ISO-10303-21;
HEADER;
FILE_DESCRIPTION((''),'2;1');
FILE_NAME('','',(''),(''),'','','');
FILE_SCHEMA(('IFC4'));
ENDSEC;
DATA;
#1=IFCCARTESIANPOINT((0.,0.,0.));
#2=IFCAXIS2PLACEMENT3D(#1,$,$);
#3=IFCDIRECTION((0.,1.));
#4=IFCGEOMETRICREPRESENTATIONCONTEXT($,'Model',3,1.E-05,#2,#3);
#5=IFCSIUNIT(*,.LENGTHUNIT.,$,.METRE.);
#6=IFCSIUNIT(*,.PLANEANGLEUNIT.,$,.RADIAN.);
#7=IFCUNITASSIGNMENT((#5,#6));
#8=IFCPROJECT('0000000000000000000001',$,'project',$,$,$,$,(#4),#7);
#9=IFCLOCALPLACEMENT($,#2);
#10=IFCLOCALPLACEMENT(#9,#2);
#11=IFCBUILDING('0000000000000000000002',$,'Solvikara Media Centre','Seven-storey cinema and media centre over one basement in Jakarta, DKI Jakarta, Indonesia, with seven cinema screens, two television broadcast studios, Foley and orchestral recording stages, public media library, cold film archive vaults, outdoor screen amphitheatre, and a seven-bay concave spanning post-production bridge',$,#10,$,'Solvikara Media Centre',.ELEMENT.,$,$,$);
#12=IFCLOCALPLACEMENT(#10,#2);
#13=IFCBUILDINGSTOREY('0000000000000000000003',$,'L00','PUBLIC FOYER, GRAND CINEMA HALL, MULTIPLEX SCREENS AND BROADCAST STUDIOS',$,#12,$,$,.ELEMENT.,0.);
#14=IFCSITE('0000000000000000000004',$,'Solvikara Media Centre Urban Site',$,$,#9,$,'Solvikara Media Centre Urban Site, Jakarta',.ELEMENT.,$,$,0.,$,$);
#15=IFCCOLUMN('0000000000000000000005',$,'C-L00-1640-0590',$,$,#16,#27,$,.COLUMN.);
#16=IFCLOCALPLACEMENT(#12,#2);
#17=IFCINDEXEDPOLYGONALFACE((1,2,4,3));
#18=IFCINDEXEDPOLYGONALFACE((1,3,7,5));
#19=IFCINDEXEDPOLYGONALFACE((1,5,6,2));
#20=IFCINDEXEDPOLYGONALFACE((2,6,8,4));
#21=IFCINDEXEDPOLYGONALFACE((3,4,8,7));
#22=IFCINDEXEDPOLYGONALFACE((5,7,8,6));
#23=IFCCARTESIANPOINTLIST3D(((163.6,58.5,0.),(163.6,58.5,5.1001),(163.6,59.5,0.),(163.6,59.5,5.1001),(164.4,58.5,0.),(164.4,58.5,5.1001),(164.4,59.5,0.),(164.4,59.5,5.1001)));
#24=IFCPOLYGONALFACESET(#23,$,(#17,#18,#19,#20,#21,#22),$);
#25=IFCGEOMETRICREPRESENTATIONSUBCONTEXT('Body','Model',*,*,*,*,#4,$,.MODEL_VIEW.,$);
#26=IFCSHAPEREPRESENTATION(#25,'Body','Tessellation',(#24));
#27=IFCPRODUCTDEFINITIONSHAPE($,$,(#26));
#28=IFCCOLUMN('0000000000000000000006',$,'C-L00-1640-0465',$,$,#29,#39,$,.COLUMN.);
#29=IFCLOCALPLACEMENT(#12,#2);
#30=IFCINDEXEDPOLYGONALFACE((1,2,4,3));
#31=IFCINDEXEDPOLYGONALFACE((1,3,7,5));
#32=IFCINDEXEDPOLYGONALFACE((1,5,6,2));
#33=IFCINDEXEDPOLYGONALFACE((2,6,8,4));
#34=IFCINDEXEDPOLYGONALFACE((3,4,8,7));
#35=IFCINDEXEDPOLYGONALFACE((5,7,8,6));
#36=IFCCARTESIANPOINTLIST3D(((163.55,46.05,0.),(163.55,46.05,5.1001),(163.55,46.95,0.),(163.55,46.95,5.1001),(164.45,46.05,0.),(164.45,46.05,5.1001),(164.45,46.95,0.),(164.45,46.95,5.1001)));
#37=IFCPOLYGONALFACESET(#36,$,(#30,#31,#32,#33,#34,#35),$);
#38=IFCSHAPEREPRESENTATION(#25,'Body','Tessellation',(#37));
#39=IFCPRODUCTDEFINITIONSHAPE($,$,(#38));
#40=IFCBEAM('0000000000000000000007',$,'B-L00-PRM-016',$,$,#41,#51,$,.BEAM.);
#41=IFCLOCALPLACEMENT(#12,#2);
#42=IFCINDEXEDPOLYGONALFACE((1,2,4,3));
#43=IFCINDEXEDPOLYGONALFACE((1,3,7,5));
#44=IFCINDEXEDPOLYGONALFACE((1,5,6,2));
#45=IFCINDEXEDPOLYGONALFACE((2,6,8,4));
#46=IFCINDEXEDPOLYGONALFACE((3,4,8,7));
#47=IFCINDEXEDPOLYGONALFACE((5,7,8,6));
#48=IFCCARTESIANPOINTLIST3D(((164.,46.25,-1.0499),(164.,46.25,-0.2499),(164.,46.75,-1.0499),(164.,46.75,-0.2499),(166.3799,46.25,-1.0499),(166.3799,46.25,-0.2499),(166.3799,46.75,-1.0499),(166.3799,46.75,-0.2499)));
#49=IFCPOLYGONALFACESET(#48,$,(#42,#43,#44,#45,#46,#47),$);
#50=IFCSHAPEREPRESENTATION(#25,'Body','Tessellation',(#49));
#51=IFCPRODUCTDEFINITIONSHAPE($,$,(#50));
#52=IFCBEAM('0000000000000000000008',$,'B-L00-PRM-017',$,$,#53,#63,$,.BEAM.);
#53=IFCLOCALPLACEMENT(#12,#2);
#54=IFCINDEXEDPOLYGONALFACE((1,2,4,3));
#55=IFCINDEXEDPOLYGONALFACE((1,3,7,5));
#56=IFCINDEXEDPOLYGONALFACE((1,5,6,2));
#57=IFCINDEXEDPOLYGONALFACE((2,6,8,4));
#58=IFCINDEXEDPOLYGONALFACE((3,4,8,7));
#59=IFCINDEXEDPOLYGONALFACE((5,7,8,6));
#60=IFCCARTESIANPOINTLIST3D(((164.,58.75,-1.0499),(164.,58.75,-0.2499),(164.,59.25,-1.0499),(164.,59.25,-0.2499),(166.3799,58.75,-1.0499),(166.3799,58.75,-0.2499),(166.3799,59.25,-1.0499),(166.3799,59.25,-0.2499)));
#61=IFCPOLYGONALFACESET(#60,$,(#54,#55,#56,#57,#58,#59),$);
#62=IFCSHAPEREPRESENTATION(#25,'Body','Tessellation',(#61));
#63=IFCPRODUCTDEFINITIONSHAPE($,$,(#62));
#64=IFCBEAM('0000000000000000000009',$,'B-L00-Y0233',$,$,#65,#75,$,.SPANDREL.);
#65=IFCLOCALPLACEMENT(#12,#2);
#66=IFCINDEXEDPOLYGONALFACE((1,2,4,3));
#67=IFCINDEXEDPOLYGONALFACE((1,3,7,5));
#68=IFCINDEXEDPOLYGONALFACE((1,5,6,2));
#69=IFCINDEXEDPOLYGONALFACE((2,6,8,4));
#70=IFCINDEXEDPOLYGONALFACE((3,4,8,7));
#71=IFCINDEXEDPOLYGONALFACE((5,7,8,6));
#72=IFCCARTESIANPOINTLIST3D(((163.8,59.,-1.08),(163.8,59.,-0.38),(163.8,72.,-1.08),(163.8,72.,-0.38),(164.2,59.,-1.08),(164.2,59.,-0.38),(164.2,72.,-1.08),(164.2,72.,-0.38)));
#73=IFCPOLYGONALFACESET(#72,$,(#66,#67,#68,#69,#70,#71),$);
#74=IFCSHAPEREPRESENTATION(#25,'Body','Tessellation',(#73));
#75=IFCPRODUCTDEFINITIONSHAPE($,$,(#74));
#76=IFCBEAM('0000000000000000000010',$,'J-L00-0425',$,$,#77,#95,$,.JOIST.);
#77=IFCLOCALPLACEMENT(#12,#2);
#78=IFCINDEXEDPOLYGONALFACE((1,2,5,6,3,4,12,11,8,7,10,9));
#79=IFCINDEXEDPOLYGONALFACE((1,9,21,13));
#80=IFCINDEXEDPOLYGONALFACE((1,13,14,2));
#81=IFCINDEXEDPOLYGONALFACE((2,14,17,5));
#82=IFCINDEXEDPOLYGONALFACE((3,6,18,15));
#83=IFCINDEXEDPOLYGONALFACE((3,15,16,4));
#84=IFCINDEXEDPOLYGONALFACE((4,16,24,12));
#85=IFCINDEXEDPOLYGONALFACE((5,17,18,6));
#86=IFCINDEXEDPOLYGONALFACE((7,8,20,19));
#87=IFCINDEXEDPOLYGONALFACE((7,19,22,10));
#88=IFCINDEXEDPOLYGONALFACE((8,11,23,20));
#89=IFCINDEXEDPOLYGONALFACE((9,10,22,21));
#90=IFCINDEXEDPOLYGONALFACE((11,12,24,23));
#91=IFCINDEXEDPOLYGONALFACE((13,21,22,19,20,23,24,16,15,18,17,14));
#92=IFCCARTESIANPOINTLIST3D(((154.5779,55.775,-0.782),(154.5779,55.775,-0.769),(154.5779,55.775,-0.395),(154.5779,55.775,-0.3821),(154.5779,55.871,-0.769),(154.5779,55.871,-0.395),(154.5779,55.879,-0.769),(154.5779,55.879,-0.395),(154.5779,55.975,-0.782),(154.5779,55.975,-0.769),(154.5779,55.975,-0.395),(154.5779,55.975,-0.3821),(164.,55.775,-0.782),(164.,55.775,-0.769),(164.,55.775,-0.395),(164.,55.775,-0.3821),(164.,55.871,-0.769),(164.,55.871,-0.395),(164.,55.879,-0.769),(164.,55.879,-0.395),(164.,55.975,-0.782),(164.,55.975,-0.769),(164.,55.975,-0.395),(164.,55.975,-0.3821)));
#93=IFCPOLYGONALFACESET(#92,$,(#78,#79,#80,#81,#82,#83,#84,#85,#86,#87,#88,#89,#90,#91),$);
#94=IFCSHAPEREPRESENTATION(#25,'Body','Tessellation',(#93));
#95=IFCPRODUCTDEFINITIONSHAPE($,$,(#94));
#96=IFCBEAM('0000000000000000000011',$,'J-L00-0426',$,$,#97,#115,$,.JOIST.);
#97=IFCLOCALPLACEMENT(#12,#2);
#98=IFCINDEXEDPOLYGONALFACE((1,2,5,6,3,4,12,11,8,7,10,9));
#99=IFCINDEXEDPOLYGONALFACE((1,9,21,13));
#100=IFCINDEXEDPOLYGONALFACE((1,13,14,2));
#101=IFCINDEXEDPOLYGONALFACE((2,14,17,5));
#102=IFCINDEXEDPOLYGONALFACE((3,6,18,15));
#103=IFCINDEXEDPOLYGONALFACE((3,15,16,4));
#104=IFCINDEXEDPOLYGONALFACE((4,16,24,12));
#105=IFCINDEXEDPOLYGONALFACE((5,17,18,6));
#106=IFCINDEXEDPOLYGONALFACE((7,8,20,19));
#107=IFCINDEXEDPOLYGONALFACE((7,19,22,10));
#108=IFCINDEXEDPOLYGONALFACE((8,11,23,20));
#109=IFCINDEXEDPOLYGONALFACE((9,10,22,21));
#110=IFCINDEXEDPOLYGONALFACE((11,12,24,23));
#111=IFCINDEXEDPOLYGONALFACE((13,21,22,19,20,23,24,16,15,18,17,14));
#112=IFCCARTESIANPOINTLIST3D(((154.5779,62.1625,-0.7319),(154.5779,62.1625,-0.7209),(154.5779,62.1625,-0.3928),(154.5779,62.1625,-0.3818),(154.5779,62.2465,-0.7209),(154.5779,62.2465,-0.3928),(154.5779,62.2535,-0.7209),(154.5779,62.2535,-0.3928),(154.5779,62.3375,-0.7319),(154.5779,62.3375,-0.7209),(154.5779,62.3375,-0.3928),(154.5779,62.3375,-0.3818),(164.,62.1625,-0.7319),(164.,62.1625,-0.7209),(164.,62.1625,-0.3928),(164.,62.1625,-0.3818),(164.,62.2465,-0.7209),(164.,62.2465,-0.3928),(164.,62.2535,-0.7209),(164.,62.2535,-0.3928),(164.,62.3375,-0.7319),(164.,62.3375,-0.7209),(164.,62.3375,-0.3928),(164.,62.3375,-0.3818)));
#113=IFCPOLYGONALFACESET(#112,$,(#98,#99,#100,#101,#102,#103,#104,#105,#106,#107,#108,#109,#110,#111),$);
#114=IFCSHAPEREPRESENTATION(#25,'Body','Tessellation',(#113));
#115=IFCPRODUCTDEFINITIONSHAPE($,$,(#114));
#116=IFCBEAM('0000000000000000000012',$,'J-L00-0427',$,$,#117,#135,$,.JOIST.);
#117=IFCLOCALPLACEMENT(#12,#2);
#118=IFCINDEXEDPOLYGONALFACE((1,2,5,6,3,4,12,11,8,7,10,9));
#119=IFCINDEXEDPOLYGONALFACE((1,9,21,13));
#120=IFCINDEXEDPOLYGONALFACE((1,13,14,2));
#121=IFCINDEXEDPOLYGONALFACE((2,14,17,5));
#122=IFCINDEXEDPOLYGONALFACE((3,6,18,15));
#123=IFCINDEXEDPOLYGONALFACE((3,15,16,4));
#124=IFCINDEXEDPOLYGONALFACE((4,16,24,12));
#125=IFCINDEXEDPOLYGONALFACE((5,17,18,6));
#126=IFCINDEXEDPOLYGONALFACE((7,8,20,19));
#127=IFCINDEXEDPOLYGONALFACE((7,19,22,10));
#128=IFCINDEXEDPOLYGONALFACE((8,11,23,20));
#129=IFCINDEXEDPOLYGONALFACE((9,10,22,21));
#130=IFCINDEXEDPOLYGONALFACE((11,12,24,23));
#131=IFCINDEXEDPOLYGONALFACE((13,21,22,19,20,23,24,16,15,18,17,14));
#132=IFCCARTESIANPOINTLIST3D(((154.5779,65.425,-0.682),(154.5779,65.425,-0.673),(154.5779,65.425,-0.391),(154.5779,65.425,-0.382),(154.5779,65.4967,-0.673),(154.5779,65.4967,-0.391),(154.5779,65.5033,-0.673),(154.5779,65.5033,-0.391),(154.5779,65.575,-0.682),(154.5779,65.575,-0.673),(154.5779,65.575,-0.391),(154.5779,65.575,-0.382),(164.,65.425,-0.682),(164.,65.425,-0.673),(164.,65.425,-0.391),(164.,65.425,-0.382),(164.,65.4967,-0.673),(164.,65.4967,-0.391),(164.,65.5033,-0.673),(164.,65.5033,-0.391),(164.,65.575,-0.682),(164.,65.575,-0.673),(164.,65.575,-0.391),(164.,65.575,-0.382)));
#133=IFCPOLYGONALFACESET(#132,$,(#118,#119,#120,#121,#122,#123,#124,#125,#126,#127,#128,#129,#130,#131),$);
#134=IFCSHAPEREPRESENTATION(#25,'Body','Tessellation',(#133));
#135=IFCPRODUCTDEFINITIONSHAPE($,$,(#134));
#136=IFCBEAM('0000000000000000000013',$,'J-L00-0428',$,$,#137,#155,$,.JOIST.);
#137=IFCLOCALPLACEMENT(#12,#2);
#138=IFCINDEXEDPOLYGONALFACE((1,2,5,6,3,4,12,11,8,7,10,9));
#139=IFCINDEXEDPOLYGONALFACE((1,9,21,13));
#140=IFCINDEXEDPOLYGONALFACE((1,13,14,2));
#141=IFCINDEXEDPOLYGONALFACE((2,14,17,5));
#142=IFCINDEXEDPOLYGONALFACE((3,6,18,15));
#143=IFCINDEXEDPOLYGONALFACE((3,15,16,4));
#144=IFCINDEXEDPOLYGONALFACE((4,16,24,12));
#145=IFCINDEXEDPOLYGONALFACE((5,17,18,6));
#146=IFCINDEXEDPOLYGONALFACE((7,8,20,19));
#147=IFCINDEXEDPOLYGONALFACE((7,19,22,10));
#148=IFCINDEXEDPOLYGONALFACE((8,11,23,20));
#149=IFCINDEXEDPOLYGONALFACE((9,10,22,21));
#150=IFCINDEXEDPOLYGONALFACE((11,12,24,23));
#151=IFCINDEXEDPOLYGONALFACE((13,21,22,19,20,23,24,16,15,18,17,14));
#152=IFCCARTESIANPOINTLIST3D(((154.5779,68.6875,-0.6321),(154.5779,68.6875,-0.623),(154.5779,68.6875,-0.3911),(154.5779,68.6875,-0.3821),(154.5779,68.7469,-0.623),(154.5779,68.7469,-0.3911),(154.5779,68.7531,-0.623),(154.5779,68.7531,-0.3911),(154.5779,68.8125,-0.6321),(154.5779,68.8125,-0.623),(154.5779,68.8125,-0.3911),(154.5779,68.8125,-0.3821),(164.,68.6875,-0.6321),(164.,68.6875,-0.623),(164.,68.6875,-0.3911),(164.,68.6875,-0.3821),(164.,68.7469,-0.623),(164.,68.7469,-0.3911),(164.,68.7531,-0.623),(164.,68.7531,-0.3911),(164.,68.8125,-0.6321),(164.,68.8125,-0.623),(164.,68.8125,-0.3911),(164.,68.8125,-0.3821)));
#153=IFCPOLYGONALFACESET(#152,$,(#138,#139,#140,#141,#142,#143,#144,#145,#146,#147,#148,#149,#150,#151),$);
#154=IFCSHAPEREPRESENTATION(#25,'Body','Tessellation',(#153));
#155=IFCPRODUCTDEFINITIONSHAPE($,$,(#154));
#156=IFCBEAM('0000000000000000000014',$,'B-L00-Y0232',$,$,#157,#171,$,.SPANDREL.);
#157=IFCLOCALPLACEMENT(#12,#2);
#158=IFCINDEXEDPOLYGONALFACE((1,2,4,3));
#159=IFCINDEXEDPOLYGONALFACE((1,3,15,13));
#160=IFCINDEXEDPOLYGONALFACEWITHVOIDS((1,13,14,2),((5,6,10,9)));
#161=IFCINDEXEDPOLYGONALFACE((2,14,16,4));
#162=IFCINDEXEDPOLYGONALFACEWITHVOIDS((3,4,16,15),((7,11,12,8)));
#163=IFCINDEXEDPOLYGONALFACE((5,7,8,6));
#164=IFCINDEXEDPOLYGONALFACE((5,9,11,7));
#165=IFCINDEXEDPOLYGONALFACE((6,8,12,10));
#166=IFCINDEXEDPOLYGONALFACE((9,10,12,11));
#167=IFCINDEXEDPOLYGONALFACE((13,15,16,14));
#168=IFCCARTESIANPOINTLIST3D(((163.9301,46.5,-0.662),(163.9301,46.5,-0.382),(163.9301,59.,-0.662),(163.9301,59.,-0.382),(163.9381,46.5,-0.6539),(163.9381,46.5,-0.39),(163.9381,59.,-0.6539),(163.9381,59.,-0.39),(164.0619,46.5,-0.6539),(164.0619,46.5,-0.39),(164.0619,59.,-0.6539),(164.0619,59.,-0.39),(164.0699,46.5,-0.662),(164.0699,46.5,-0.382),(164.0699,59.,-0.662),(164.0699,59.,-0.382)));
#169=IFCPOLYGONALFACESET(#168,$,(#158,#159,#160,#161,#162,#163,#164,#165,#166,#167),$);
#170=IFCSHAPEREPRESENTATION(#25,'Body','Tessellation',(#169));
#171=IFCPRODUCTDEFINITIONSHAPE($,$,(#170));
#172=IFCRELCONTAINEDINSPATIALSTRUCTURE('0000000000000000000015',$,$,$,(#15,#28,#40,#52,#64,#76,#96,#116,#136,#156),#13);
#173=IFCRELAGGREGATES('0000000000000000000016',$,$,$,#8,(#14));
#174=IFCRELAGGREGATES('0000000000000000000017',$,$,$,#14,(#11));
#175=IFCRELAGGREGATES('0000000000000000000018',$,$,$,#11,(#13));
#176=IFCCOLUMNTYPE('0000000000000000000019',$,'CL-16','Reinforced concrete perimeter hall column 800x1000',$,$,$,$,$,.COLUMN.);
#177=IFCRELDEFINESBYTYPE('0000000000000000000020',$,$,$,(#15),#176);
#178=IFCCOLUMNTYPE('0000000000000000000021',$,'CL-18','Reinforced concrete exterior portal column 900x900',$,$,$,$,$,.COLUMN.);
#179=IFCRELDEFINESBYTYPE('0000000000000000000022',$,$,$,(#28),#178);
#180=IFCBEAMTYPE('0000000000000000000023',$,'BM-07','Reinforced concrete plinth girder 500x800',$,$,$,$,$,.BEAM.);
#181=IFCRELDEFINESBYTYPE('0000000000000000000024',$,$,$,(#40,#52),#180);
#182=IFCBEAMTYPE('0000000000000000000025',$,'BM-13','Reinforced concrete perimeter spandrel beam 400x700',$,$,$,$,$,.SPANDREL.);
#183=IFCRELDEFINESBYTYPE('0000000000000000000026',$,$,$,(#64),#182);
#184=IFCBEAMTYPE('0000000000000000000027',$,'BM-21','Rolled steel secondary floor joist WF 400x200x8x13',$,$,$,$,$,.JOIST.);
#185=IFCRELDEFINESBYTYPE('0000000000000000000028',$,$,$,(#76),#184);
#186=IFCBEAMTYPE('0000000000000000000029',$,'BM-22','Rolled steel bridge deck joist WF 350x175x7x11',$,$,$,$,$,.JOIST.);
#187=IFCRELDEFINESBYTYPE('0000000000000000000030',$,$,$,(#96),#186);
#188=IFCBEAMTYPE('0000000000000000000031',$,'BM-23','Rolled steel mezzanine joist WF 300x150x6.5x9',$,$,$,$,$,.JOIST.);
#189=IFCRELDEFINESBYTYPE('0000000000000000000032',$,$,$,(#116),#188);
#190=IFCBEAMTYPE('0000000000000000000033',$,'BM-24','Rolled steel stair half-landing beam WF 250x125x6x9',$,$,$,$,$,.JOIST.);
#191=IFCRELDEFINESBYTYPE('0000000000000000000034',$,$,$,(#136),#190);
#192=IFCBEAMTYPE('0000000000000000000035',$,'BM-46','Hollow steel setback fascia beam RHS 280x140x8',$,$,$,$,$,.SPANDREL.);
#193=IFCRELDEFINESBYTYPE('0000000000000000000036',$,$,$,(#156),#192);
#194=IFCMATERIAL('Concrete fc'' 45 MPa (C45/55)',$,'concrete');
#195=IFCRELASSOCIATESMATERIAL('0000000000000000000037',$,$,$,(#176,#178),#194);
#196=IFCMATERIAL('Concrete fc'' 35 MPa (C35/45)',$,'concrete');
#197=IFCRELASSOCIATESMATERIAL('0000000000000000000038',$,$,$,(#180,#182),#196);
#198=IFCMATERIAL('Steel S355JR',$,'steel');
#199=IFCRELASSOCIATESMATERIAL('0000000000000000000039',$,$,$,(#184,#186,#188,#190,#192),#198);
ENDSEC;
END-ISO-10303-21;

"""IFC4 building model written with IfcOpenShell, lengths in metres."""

from ifc_helpers import new_model, si_unit, direction, frame, origin, origin_2d, place, context, subcontext, project, spatial, rectangle, hollow_rectangle, i_section, extrude, material, material_profile, profile_set, type_object, element, save


model = new_model("IFC4")

# Units and contexts
model_context = context("Model", 3, precision=1e-05, world=origin(), true_north=direction((0.0, 1.0)))
body_context = subcontext(model_context, "Body", "Model", "MODEL_VIEW")
ifc_project = project(units=[si_unit("LENGTHUNIT", "METRE"), si_unit("PLANEANGLEUNIT", "RADIAN")], contexts=[model_context])

# Site, building, storey
site_placement = place(None, origin())
site = spatial("IfcSite", under=ifc_project, at=site_placement, Name="Solvikara Media Centre Urban Site", LongName="Solvikara Media Centre Urban Site, Jakarta", CompositionType="ELEMENT", RefElevation=0.0)
building_placement = place(site_placement, origin())
building = spatial("IfcBuilding", under=site, at=building_placement, Name="Solvikara Media Centre", Description="Seven-storey cinema and media centre over one basement in Jakarta, DKI Jakarta, Indonesia, with seven cinema screens, two television broadcast studios, Foley and orchestral recording stages, public media library, cold film archive vaults, outdoor screen amphitheatre, and a seven-bay concave spanning post-production bridge", LongName="Solvikara Media Centre", CompositionType="ELEMENT")
storey_placement = place(building_placement, origin())
storey = spatial("IfcBuildingStorey", under=building, at=storey_placement, Name="L00", Description="PUBLIC FOYER, GRAND CINEMA HALL, MULTIPLEX SCREENS AND BROADCAST STUDIOS", CompositionType="ELEMENT", Elevation=0.0)

# Columns
ifc_material_1 = material(Name="Concrete fc' 45 MPa (C45/55)", Category="concrete")
ifc_material_profile_1 = material_profile(ifc_material_1, rectangle(XDim=0.8, YDim=1.0, at=origin_2d()), Name="RC 800x1000")
ifc_profile_set_1 = profile_set([ifc_material_profile_1], Name="Concrete fc' 45 MPa (C45/55)")
column_type_1 = type_object("IfcColumnType", Name="CL-16", Description="Reinforced concrete perimeter hall column 800x1000", PredefinedType="COLUMN", material=ifc_profile_set_1)
column_1_placement = place(storey_placement, frame((164.0, 59.0, 0.0), z_axis=(0.0, 0.0, 1.0), x_axis=(1.0, 0.0, 0.0)))
element("IfcColumn", 1, at=column_1_placement, inside=storey, type_object=column_type_1, Name="C-L00-1640-0590", PredefinedType="COLUMN", context=body_context, shape_type="SweptSolid", body=[
    extrude(rectangle(XDim=0.8, YDim=1.0, at=origin_2d()), origin(), (0.0, 0.0, 1.0), 5.1001),
])
ifc_material_profile_2 = material_profile(ifc_material_1, rectangle(XDim=0.8999, YDim=0.8999, at=origin_2d()), Name="RC 900x900")
ifc_profile_set_2 = profile_set([ifc_material_profile_2], Name="Concrete fc' 45 MPa (C45/55)")
column_type_2 = type_object("IfcColumnType", Name="CL-18", Description="Reinforced concrete exterior portal column 900x900", PredefinedType="COLUMN", material=ifc_profile_set_2)
column_2_placement = place(storey_placement, frame((164.0, 46.5, 0.0), z_axis=(0.0, 0.0, 1.0), x_axis=(1.0, 0.0, 0.0)))
element("IfcColumn", 2, at=column_2_placement, inside=storey, type_object=column_type_2, Name="C-L00-1640-0465", PredefinedType="COLUMN", context=body_context, shape_type="SweptSolid", body=[
    extrude(rectangle(XDim=0.8999, YDim=0.8999, at=origin_2d()), origin(), (0.0, 0.0, 1.0), 5.1001),
])

# Beams
ifc_material_2 = material(Name="Concrete fc' 35 MPa (C35/45)", Category="concrete")
ifc_material_profile_3 = material_profile(ifc_material_2, rectangle(XDim=0.5, YDim=0.8, at=origin_2d()), Name="RC 500x800")
ifc_profile_set_3 = profile_set([ifc_material_profile_3], Name="Concrete fc' 35 MPa (C35/45)")
beam_type_1 = type_object("IfcBeamType", Name="BM-07", Description="Reinforced concrete plinth girder 500x800", PredefinedType="BEAM", material=ifc_profile_set_3)
for number, where, z_axis, x_axis, name in (
    (3, (164.0, 46.5, -0.6499), (1.0, 0.0, 0.0), (0.0, 1.0, 0.0), "B-L00-PRM-016"),
    (4, (164.0, 59.0, -0.6499), (1.0, 0.0, 0.0), (0.0, 1.0, 0.0), "B-L00-PRM-017"),
):
    element("IfcBeam", number, at=place(storey_placement, frame(where, z_axis=z_axis, x_axis=x_axis)), inside=storey, type_object=beam_type_1, Name=name, PredefinedType="BEAM", context=body_context, shape_type="SweptSolid", body=[
        extrude(rectangle(XDim=0.5, YDim=0.8, at=origin_2d()), origin(), (0.0, 0.0, 1.0), 2.3799),
    ])
ifc_material_profile_4 = material_profile(ifc_material_2, rectangle(XDim=0.3999, YDim=0.7, at=origin_2d()), Name="RC 400x700")
ifc_profile_set_4 = profile_set([ifc_material_profile_4], Name="Concrete fc' 35 MPa (C35/45)")
beam_type_2 = type_object("IfcBeamType", Name="BM-13", Description="Reinforced concrete perimeter spandrel beam 400x700", PredefinedType="SPANDREL", material=ifc_profile_set_4)
beam_1_placement = place(storey_placement, frame((164.0, 59.0, -0.73), z_axis=(0.0, 1.0, 0.0), x_axis=(-1.0, 0.0, 0.0)))
element("IfcBeam", 5, at=beam_1_placement, inside=storey, type_object=beam_type_2, Name="B-L00-Y0233", PredefinedType="SPANDREL", context=body_context, shape_type="SweptSolid", body=[
    extrude(rectangle(XDim=0.3999, YDim=0.7, at=origin_2d()), origin(), (0.0, 0.0, 1.0), 13.0),
])
ifc_material_3 = material(Name="Steel S355JR", Category="steel")
ifc_material_profile_5 = material_profile(ifc_material_3, i_section(OverallWidth=0.2, OverallDepth=0.3999, WebThickness=0.0081, FlangeThickness=0.0129, at=origin_2d()), Name="WF 400x200x8x13")
ifc_profile_set_5 = profile_set([ifc_material_profile_5], Name="Steel S355JR")
beam_type_3 = type_object("IfcBeamType", Name="BM-21", Description="Rolled steel secondary floor joist WF 400x200x8x13", PredefinedType="JOIST", material=ifc_profile_set_5)
beam_2_placement = place(storey_placement, frame((154.5779, 55.875, -0.582), z_axis=(1.0, 0.0, 0.0), x_axis=(0.0, 1.0, 0.0)))
element("IfcBeam", 6, at=beam_2_placement, inside=storey, type_object=beam_type_3, Name="J-L00-0425", PredefinedType="JOIST", context=body_context, shape_type="SweptSolid", body=[
    extrude(i_section(OverallWidth=0.2, OverallDepth=0.3999, WebThickness=0.0081, FlangeThickness=0.0129, at=origin_2d()), origin(), (0.0, 0.0, 1.0), 9.4221),
])
ifc_material_profile_6 = material_profile(ifc_material_3, i_section(OverallWidth=0.175, OverallDepth=0.3501, WebThickness=0.0071, FlangeThickness=0.011, at=origin_2d()), Name="WF 350x175x7x11")
ifc_profile_set_6 = profile_set([ifc_material_profile_6], Name="Steel S355JR")
beam_type_4 = type_object("IfcBeamType", Name="BM-22", Description="Rolled steel bridge deck joist WF 350x175x7x11", PredefinedType="JOIST", material=ifc_profile_set_6)
beam_3_placement = place(storey_placement, frame((154.5779, 62.25, -0.5569), z_axis=(1.0, 0.0, 0.0), x_axis=(0.0, 1.0, 0.0)))
element("IfcBeam", 7, at=beam_3_placement, inside=storey, type_object=beam_type_4, Name="J-L00-0426", PredefinedType="JOIST", context=body_context, shape_type="SweptSolid", body=[
    extrude(i_section(OverallWidth=0.175, OverallDepth=0.3501, WebThickness=0.0071, FlangeThickness=0.011, at=origin_2d()), origin(), (0.0, 0.0, 1.0), 9.4221),
])
ifc_material_profile_7 = material_profile(ifc_material_3, i_section(OverallWidth=0.1499, OverallDepth=0.3, WebThickness=0.0066, FlangeThickness=0.009, at=origin_2d()), Name="WF 300x150x6.5x9")
ifc_profile_set_7 = profile_set([ifc_material_profile_7], Name="Steel S355JR")
beam_type_5 = type_object("IfcBeamType", Name="BM-23", Description="Rolled steel mezzanine joist WF 300x150x6.5x9", PredefinedType="JOIST", material=ifc_profile_set_7)
beam_4_placement = place(storey_placement, frame((154.5779, 65.5, -0.532), z_axis=(1.0, 0.0, 0.0), x_axis=(0.0, 1.0, 0.0)))
element("IfcBeam", 8, at=beam_4_placement, inside=storey, type_object=beam_type_5, Name="J-L00-0427", PredefinedType="JOIST", context=body_context, shape_type="SweptSolid", body=[
    extrude(i_section(OverallWidth=0.1499, OverallDepth=0.3, WebThickness=0.0066, FlangeThickness=0.009, at=origin_2d()), origin(), (0.0, 0.0, 1.0), 9.4221),
])
ifc_material_profile_8 = material_profile(ifc_material_3, i_section(OverallWidth=0.125, OverallDepth=0.25, WebThickness=0.0061, FlangeThickness=0.009, at=origin_2d()), Name="WF 250x125x6x9")
ifc_profile_set_8 = profile_set([ifc_material_profile_8], Name="Steel S355JR")
beam_type_6 = type_object("IfcBeamType", Name="BM-24", Description="Rolled steel stair half-landing beam WF 250x125x6x9", PredefinedType="JOIST", material=ifc_profile_set_8)
beam_5_placement = place(storey_placement, frame((154.5779, 68.75, -0.5071), z_axis=(1.0, 0.0, 0.0), x_axis=(0.0, 1.0, 0.0)))
element("IfcBeam", 9, at=beam_5_placement, inside=storey, type_object=beam_type_6, Name="J-L00-0428", PredefinedType="JOIST", context=body_context, shape_type="SweptSolid", body=[
    extrude(i_section(OverallWidth=0.125, OverallDepth=0.25, WebThickness=0.0061, FlangeThickness=0.009, at=origin_2d()), origin(), (0.0, 0.0, 1.0), 9.4221),
])
ifc_material_profile_9 = material_profile(ifc_material_3, hollow_rectangle(XDim=0.1399, YDim=0.28, WallThickness=0.0081, at=origin_2d()), Name="RHS 280x140x8")
ifc_profile_set_9 = profile_set([ifc_material_profile_9], Name="Steel S355JR")
beam_type_7 = type_object("IfcBeamType", Name="BM-46", Description="Hollow steel setback fascia beam RHS 280x140x8", PredefinedType="SPANDREL", material=ifc_profile_set_9)
beam_6_placement = place(storey_placement, frame((164.0, 46.5, -0.522), z_axis=(0.0, 1.0, 0.0), x_axis=(-1.0, 0.0, 0.0)))
element("IfcBeam", 10, at=beam_6_placement, inside=storey, type_object=beam_type_7, Name="B-L00-Y0232", PredefinedType="SPANDREL", context=body_context, shape_type="SweptSolid", body=[
    extrude(hollow_rectangle(XDim=0.1399, YDim=0.28, WallThickness=0.0081, at=origin_2d()), origin(), (0.0, 0.0, 1.0), 12.5),
])

save(model, "model.ifc")
